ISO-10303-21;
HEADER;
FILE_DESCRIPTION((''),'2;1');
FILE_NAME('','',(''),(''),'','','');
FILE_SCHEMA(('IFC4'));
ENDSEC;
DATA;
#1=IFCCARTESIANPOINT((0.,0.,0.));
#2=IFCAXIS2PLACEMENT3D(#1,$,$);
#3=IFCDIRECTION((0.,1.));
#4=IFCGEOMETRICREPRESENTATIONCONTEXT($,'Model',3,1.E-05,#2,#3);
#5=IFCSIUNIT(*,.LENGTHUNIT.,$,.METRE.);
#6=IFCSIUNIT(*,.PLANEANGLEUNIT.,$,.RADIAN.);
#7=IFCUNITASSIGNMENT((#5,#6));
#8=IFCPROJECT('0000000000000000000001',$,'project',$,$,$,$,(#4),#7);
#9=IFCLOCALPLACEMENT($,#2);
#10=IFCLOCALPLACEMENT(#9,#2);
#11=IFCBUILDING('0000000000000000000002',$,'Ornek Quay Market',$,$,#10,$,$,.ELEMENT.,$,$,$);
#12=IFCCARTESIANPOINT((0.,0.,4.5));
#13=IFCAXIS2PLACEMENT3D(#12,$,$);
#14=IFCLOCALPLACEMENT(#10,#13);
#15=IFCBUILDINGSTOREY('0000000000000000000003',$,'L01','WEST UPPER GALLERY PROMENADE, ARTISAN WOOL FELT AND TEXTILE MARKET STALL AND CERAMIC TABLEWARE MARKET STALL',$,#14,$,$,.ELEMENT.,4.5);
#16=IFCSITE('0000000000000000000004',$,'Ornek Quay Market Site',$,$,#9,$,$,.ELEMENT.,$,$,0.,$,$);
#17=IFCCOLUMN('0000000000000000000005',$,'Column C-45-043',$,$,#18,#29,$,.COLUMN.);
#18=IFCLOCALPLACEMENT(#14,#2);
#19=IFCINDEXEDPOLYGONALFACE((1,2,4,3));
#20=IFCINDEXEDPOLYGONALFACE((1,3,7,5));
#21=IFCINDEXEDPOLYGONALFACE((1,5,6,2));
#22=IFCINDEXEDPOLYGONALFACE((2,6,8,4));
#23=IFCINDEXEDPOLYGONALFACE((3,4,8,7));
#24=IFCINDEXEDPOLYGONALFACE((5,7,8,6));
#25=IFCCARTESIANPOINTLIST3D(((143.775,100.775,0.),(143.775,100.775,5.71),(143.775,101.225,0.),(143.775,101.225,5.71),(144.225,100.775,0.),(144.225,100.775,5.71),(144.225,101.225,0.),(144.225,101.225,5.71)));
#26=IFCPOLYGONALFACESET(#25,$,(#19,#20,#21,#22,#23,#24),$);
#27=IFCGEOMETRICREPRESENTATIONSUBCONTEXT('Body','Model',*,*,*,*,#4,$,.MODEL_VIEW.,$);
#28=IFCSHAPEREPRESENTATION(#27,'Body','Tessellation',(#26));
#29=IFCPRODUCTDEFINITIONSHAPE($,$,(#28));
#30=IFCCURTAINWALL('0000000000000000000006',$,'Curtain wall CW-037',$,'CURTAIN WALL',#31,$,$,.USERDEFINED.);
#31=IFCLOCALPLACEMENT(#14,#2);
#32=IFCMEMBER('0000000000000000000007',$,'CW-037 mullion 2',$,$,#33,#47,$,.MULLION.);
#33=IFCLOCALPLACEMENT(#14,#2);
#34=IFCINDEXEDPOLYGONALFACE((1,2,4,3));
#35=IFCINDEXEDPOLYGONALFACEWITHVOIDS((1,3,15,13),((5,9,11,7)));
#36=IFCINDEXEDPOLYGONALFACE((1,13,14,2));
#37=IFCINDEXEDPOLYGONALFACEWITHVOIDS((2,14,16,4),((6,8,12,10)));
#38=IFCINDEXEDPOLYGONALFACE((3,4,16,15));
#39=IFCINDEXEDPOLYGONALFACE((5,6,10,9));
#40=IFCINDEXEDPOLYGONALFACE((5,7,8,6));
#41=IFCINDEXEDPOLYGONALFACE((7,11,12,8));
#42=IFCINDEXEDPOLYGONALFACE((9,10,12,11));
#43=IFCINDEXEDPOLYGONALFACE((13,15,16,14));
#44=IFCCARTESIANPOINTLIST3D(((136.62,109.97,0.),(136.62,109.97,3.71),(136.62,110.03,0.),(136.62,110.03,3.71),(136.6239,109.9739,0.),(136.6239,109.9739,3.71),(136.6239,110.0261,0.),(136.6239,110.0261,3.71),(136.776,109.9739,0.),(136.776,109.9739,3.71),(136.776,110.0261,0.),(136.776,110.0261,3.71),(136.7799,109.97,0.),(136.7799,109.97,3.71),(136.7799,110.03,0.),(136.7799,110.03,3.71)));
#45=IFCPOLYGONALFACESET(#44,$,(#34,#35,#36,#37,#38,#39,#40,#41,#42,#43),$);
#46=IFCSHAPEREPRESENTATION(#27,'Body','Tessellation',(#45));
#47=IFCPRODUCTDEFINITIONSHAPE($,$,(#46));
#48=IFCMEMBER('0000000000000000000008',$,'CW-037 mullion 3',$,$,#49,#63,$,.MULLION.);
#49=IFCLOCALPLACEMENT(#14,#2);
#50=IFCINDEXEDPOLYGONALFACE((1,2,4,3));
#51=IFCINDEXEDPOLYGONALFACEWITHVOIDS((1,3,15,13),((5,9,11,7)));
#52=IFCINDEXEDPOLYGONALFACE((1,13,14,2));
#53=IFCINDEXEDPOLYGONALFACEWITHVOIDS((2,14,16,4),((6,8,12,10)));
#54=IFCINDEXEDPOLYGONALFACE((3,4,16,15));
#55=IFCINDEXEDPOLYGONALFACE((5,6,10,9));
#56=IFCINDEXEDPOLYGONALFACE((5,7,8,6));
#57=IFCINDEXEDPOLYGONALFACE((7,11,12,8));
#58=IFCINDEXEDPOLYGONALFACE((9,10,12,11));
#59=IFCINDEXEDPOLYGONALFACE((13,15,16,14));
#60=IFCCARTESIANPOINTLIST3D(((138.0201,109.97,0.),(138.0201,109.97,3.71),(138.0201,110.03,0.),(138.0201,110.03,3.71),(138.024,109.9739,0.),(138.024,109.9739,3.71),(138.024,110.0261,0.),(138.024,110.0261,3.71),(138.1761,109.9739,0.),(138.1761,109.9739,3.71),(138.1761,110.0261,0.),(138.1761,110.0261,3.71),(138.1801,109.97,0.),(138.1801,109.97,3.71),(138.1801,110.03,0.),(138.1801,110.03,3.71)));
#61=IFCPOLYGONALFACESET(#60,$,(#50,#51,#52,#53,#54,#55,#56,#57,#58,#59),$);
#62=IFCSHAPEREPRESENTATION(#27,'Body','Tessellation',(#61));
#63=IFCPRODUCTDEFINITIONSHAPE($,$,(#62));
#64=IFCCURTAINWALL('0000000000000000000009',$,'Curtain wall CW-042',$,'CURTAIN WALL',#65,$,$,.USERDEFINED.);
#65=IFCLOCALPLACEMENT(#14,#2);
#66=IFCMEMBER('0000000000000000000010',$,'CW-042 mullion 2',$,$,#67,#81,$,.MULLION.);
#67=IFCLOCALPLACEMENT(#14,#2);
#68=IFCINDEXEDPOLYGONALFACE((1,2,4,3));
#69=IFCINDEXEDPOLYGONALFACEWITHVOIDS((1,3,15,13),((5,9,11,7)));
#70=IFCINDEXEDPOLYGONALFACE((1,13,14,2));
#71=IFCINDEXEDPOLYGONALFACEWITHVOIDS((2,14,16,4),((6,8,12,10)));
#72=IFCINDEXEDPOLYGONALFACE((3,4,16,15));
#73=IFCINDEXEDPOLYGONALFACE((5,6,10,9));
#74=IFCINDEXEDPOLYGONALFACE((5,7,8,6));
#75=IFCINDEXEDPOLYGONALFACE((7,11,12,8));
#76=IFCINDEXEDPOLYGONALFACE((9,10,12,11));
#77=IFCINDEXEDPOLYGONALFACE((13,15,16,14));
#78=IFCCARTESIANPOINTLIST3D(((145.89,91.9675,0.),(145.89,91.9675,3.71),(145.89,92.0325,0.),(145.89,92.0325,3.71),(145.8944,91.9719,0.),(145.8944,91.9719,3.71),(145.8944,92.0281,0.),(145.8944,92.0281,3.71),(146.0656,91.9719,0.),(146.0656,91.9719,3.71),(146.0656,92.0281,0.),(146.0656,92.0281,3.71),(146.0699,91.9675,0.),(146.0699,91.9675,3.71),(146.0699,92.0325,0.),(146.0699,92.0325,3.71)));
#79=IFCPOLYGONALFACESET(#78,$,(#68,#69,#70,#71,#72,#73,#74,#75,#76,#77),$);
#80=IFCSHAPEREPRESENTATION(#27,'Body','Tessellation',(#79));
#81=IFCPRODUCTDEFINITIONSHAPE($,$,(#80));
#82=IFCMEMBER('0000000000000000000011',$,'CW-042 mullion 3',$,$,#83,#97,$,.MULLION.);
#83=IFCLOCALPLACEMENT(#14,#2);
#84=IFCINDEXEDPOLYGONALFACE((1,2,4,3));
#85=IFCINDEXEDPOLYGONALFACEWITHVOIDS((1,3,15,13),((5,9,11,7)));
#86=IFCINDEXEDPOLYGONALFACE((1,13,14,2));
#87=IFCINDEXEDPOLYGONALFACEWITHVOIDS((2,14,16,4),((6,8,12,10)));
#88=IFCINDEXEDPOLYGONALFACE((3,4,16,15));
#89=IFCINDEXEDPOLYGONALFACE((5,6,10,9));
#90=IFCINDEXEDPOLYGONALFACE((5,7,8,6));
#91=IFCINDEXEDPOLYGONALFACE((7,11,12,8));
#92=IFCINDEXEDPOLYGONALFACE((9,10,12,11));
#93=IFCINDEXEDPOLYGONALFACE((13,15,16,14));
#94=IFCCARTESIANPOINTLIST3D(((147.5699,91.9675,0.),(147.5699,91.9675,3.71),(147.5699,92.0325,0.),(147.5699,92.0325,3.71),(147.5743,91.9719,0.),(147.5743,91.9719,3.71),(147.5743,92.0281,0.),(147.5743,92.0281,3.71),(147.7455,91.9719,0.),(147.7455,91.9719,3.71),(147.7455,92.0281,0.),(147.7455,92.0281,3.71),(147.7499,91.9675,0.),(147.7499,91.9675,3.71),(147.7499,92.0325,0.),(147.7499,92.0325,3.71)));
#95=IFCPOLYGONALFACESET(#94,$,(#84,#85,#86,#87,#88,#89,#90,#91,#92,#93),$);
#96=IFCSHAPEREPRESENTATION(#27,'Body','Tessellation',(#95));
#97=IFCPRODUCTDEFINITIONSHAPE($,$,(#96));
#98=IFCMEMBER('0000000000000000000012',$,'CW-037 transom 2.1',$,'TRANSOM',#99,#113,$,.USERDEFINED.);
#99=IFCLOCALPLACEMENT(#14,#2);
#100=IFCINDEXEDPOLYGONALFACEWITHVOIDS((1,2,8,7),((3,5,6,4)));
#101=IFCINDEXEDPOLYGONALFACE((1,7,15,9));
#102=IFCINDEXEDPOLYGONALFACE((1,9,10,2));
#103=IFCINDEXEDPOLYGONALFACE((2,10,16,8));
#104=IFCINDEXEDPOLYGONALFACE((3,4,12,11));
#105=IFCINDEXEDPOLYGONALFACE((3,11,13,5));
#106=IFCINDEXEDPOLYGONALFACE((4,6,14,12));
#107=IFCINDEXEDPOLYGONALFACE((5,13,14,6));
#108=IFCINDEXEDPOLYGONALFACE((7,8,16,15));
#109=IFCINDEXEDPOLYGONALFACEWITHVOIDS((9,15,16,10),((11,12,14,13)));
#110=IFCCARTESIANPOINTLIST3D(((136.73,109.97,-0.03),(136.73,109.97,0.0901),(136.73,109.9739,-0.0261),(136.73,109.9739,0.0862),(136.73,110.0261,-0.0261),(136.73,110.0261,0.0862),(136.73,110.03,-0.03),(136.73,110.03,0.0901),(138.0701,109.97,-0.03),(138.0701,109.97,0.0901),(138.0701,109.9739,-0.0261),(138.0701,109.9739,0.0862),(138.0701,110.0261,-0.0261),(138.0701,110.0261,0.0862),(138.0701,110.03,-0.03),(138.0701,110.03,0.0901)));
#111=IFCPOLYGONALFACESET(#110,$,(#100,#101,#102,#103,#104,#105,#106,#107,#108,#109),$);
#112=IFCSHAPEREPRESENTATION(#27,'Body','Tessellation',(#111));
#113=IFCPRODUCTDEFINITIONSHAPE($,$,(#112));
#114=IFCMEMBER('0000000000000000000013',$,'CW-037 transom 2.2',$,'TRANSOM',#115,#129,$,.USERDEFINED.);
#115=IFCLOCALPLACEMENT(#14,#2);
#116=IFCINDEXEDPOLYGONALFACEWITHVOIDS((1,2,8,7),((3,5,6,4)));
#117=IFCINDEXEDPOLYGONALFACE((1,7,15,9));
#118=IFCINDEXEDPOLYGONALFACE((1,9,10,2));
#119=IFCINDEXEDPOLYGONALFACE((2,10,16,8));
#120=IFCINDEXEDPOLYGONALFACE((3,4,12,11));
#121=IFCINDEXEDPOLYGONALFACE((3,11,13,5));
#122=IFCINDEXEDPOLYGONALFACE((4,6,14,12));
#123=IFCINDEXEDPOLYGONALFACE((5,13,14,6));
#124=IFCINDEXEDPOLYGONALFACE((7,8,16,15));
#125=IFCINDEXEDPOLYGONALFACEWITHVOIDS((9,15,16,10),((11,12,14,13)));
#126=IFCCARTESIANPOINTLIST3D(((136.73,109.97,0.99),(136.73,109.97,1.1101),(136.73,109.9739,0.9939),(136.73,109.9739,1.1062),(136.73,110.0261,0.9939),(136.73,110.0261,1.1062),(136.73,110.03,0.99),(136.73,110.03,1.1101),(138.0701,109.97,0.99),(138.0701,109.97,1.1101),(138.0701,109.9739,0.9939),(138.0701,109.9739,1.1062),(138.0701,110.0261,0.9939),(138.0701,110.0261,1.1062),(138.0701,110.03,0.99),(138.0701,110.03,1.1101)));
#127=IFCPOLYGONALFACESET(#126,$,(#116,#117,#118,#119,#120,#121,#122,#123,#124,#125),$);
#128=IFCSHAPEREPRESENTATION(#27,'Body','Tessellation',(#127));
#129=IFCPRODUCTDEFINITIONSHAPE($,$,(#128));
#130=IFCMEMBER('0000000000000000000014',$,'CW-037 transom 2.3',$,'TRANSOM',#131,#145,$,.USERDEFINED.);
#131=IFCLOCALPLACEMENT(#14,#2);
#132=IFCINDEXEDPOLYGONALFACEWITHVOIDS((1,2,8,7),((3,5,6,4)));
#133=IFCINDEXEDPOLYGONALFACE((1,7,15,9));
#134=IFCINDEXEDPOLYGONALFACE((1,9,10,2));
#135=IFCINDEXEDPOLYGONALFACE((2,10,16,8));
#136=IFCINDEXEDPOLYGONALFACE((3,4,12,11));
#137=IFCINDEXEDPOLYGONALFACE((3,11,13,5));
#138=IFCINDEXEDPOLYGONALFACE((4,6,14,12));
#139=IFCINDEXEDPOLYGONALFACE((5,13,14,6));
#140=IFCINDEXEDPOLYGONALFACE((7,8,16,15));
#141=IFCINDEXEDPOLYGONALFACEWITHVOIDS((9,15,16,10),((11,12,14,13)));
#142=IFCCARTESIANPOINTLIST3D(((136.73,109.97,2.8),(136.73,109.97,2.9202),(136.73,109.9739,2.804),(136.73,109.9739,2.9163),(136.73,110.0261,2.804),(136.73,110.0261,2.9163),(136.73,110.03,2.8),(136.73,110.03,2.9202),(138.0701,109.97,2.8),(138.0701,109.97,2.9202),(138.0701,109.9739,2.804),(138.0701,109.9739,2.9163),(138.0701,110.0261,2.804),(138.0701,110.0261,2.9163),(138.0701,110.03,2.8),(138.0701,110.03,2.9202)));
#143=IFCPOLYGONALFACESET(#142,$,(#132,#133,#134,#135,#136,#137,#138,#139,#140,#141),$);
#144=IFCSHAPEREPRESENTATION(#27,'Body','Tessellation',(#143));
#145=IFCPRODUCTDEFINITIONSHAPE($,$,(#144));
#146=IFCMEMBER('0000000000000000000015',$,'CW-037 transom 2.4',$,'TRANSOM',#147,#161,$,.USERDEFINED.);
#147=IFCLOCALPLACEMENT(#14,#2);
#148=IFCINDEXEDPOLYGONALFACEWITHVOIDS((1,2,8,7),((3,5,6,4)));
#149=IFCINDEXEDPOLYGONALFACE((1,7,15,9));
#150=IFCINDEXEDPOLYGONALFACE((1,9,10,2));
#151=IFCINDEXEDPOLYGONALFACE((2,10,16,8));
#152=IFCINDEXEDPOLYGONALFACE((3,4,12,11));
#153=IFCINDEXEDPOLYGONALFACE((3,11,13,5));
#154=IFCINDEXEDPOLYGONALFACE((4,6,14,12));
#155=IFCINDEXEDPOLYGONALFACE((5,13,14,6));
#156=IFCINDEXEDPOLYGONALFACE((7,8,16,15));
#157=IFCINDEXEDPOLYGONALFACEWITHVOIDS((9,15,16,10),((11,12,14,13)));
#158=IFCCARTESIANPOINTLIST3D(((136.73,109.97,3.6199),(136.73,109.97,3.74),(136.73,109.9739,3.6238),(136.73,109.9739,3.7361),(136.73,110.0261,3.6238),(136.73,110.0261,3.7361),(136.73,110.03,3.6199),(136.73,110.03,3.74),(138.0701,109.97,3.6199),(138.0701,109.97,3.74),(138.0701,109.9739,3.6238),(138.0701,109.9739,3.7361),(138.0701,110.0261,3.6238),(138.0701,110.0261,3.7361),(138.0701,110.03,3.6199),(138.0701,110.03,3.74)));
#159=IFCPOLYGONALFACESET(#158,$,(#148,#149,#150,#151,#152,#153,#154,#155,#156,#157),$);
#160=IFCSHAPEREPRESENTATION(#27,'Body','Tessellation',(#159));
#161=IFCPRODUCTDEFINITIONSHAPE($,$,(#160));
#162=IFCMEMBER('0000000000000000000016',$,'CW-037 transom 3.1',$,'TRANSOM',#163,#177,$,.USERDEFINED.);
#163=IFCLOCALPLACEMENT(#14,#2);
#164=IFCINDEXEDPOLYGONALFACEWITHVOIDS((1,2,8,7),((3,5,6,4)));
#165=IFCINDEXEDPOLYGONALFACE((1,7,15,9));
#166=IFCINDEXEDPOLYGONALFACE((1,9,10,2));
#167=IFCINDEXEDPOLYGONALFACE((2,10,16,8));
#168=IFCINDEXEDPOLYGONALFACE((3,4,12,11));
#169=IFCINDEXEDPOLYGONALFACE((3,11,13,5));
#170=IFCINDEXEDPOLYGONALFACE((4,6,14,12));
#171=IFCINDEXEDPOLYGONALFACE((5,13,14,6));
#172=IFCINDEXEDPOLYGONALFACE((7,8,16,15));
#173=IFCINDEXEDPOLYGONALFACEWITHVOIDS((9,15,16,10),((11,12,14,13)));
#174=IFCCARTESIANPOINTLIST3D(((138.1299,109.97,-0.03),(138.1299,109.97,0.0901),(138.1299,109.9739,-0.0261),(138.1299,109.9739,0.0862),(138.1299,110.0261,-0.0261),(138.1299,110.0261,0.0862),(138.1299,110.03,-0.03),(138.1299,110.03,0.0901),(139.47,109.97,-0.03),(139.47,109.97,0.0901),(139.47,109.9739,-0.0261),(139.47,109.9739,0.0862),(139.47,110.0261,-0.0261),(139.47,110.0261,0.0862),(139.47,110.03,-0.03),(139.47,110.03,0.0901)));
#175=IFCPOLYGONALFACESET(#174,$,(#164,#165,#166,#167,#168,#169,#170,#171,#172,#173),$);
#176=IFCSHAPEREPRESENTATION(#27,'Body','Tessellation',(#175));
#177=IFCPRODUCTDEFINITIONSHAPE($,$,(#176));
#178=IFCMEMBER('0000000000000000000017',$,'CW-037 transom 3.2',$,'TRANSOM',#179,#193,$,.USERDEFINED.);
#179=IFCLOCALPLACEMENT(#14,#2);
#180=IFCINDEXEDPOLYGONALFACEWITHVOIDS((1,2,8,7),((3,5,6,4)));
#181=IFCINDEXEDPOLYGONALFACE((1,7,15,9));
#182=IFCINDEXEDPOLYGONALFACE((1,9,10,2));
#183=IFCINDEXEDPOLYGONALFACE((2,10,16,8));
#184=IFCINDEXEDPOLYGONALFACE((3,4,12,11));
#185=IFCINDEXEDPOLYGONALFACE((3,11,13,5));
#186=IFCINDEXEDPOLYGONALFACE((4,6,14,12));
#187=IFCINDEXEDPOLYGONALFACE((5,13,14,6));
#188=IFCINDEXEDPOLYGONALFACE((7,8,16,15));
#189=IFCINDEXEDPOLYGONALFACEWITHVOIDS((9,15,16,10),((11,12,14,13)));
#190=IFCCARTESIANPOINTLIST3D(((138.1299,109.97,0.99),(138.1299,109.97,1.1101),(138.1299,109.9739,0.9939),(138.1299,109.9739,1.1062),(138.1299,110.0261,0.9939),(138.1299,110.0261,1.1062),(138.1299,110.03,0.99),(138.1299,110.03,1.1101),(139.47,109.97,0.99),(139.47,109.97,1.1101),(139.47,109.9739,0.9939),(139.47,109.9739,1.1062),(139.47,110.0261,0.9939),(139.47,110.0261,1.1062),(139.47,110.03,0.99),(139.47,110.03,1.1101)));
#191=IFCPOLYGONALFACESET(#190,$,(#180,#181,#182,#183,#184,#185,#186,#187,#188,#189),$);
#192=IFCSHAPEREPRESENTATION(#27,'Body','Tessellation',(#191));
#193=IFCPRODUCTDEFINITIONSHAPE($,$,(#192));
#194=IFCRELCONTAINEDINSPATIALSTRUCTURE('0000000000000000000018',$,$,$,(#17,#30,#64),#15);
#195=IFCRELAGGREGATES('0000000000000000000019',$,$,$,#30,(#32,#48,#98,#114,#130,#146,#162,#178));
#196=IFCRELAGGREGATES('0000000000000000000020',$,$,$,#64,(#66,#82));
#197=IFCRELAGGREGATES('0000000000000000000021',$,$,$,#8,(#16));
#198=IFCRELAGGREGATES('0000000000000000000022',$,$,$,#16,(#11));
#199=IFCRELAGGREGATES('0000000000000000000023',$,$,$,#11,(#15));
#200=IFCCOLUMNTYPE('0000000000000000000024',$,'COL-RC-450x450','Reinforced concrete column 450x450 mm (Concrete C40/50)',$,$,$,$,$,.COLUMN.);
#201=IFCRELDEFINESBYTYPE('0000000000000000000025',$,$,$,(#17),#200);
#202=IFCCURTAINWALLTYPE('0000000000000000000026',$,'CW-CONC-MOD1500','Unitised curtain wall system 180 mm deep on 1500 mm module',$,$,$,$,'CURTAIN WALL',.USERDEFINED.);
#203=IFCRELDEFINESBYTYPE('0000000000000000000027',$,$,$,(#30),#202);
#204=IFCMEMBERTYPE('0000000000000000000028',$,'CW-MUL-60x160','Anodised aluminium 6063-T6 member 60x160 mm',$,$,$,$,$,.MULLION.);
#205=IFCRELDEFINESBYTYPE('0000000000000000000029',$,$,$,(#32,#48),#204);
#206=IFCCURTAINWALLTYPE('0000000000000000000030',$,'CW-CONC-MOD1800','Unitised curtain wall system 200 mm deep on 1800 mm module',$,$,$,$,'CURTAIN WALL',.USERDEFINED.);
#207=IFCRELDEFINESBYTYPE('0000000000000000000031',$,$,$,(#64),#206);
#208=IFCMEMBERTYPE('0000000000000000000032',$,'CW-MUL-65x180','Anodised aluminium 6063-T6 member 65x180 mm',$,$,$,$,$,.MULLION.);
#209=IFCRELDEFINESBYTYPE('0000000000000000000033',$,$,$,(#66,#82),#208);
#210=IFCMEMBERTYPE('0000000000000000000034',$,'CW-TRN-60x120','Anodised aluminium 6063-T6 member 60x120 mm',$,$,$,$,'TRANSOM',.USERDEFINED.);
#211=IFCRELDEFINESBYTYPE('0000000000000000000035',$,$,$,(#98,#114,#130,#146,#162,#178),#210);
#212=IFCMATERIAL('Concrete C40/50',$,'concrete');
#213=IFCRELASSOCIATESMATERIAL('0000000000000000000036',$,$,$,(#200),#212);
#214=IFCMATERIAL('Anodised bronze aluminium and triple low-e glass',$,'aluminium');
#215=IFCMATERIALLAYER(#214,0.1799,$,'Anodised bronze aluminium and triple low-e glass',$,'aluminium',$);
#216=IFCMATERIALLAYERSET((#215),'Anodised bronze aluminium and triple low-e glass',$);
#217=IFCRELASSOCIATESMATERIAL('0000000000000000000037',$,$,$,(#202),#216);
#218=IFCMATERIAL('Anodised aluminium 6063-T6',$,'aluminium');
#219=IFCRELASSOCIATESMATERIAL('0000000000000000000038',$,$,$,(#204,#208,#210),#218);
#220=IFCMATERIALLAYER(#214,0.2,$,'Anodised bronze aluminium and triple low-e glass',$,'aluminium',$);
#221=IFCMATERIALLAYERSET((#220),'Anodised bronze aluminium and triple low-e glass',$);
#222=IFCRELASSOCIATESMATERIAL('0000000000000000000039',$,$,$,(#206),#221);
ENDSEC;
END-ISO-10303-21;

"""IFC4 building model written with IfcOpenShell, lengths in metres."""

from ifc_helpers import new_model, si_unit, direction, frame, origin, origin_2d, place, context, subcontext, project, spatial, rectangle, hollow_rectangle, extrude, material, layer, layer_set, material_profile, profile_set, type_object, element, aggregate, save


model = new_model("IFC4")

# Units and contexts
model_context = context("Model", 3, precision=1e-05, world=origin(), true_north=direction((0.0, 1.0)))
body_context = subcontext(model_context, "Body", "Model", "MODEL_VIEW")
ifc_project = project(units=[si_unit("LENGTHUNIT", "METRE"), si_unit("PLANEANGLEUNIT", "RADIAN")], contexts=[model_context])

# Site, building, storey
site_placement = place(None, origin())
site = spatial("IfcSite", under=ifc_project, at=site_placement, Name="Ornek Quay Market Site", CompositionType="ELEMENT", RefElevation=0.0)
building_placement = place(site_placement, origin())
building = spatial("IfcBuilding", under=site, at=building_placement, Name="Ornek Quay Market", CompositionType="ELEMENT")
storey_placement = place(building_placement, frame((0.0, 0.0, 4.5)))
storey = spatial("IfcBuildingStorey", under=building, at=storey_placement, Name="L01", Description="WEST UPPER GALLERY PROMENADE, ARTISAN WOOL FELT AND TEXTILE MARKET STALL AND CERAMIC TABLEWARE MARKET STALL", CompositionType="ELEMENT", Elevation=4.5)

# Column
ifc_material_1 = material(Name="Concrete C40/50", Category="concrete")
ifc_material_profile_1 = material_profile(ifc_material_1, rectangle(XDim=0.45, YDim=0.45, at=origin_2d()), Name="RC 450x450", Category="concrete")
ifc_profile_set_1 = profile_set([ifc_material_profile_1], Name="Concrete C40/50")
column_type = type_object("IfcColumnType", Name="COL-RC-450x450", Description="Reinforced concrete column 450x450 mm (Concrete C40/50)", PredefinedType="COLUMN", material=ifc_profile_set_1)
column_placement = place(storey_placement, frame((144.0, 101.0, 0.0), z_axis=(0.0, 0.0, 1.0), x_axis=(1.0, 0.0, 0.0)))
element("IfcColumn", 1, at=column_placement, inside=storey, type_object=column_type, Name="Column C-45-043", PredefinedType="COLUMN", context=body_context, shape_type="SweptSolid", body=[
    extrude(rectangle(XDim=0.45, YDim=0.45, at=origin_2d()), origin(), (0.0, 0.0, 1.0), 5.71),
])

# Curtain walls, members
ifc_material_2 = material(Name="Anodised bronze aluminium and triple low-e glass", Category="aluminium")
ifc_layer_1 = layer(ifc_material_2, 0.1799, Name="Anodised bronze aluminium and triple low-e glass", Category="aluminium")
ifc_layer_set_1 = layer_set([ifc_layer_1], Name="Anodised bronze aluminium and triple low-e glass")
curtain_wall_type_1 = type_object("IfcCurtainWallType", Name="CW-CONC-MOD1500", Description="Unitised curtain wall system 180 mm deep on 1500 mm module", ElementType="CURTAIN WALL", PredefinedType="USERDEFINED", material=ifc_layer_set_1)
curtain_wall_1_placement = place(storey_placement, origin())
curtain_wall_1 = element("IfcCurtainWall", 2, at=curtain_wall_1_placement, inside=storey, type_object=curtain_wall_type_1, Name="Curtain wall CW-037", ObjectType="CURTAIN WALL", PredefinedType="USERDEFINED")
ifc_material_3 = material(Name="Anodised aluminium 6063-T6", Category="aluminium")
ifc_material_profile_2 = material_profile(ifc_material_3, hollow_rectangle(XDim=0.0601, YDim=0.1599, WallThickness=0.0039, at=origin_2d()), Name="CW-MUL-60x160", Category="aluminium")
ifc_profile_set_2 = profile_set([ifc_material_profile_2], Name="Anodised aluminium 6063-T6")
member_type_1 = type_object("IfcMemberType", Name="CW-MUL-60x160", Description="Anodised aluminium 6063-T6 member 60x160 mm", PredefinedType="MULLION", material=ifc_profile_set_2)
member_1_placement = place(storey_placement, frame((136.7, 110.0, 0.0), z_axis=(0.0, 0.0, 1.0), x_axis=(0.0, 1.0, 0.0)))
member_1 = element("IfcMember", 3, at=member_1_placement, type_object=member_type_1, Name="CW-037 mullion 2", PredefinedType="MULLION", context=body_context, shape_type="SweptSolid", body=[
    extrude(hollow_rectangle(XDim=0.0601, YDim=0.1599, WallThickness=0.0039, at=origin_2d()), origin(), (0.0, 0.0, 1.0), 3.71),
])
member_2_placement = place(storey_placement, frame((138.1001, 110.0, 0.0), z_axis=(0.0, 0.0, 1.0), x_axis=(0.0, 1.0, 0.0)))
member_2 = element("IfcMember", 4, at=member_2_placement, type_object=member_type_1, Name="CW-037 mullion 3", PredefinedType="MULLION", context=body_context, shape_type="SweptSolid", body=[
    extrude(hollow_rectangle(XDim=0.0601, YDim=0.1599, WallThickness=0.0039, at=origin_2d()), origin(), (0.0, 0.0, 1.0), 3.71),
])
ifc_layer_2 = layer(ifc_material_2, 0.2, Name="Anodised bronze aluminium and triple low-e glass", Category="aluminium")
ifc_layer_set_2 = layer_set([ifc_layer_2], Name="Anodised bronze aluminium and triple low-e glass")
curtain_wall_type_2 = type_object("IfcCurtainWallType", Name="CW-CONC-MOD1800", Description="Unitised curtain wall system 200 mm deep on 1800 mm module", ElementType="CURTAIN WALL", PredefinedType="USERDEFINED", material=ifc_layer_set_2)
curtain_wall_2_placement = place(storey_placement, origin())
curtain_wall_2 = element("IfcCurtainWall", 5, at=curtain_wall_2_placement, inside=storey, type_object=curtain_wall_type_2, Name="Curtain wall CW-042", ObjectType="CURTAIN WALL", PredefinedType="USERDEFINED")
ifc_material_profile_3 = material_profile(ifc_material_3, hollow_rectangle(XDim=0.0649, YDim=0.1799, WallThickness=0.0044, at=origin_2d()), Name="CW-MUL-65x180", Category="aluminium")
ifc_profile_set_3 = profile_set([ifc_material_profile_3], Name="Anodised aluminium 6063-T6")
member_type_2 = type_object("IfcMemberType", Name="CW-MUL-65x180", Description="Anodised aluminium 6063-T6 member 65x180 mm", PredefinedType="MULLION", material=ifc_profile_set_3)
member_3_placement = place(storey_placement, frame((145.98, 92.0, 0.0), z_axis=(0.0, 0.0, 1.0), x_axis=(0.0, 1.0, 0.0)))
member_3 = element("IfcMember", 6, at=member_3_placement, type_object=member_type_2, Name="CW-042 mullion 2", PredefinedType="MULLION", context=body_context, shape_type="SweptSolid", body=[
    extrude(hollow_rectangle(XDim=0.0649, YDim=0.1799, WallThickness=0.0044, at=origin_2d()), origin(), (0.0, 0.0, 1.0), 3.71),
])
member_4_placement = place(storey_placement, frame((147.6599, 92.0, 0.0), z_axis=(0.0, 0.0, 1.0), x_axis=(0.0, 1.0, 0.0)))
member_4 = element("IfcMember", 7, at=member_4_placement, type_object=member_type_2, Name="CW-042 mullion 3", PredefinedType="MULLION", context=body_context, shape_type="SweptSolid", body=[
    extrude(hollow_rectangle(XDim=0.0649, YDim=0.1799, WallThickness=0.0044, at=origin_2d()), origin(), (0.0, 0.0, 1.0), 3.71),
])

# Members
ifc_material_profile_4 = material_profile(ifc_material_3, hollow_rectangle(XDim=0.0601, YDim=0.1201, WallThickness=0.0039, at=origin_2d()), Name="CW-TRN-60x120", Category="aluminium")
ifc_profile_set_4 = profile_set([ifc_material_profile_4], Name="Anodised aluminium 6063-T6")
member_type_3 = type_object("IfcMemberType", Name="CW-TRN-60x120", Description="Anodised aluminium 6063-T6 member 60x120 mm", ElementType="TRANSOM", PredefinedType="USERDEFINED", material=ifc_profile_set_4)
member_5_placement = place(storey_placement, frame((136.73, 110.0, 0.03), z_axis=(1.0, 0.0, 0.0), x_axis=(0.0, 1.0, 0.0)))
member_5 = element("IfcMember", 8, at=member_5_placement, type_object=member_type_3, Name="CW-037 transom 2.1", ObjectType="TRANSOM", PredefinedType="USERDEFINED", context=body_context, shape_type="SweptSolid", body=[
    extrude(hollow_rectangle(XDim=0.0601, YDim=0.1201, WallThickness=0.0039, at=origin_2d()), origin(), (0.0, 0.0, 1.0), 1.3401),
])
member_6_placement = place(storey_placement, frame((136.73, 110.0, 1.05), z_axis=(1.0, 0.0, 0.0), x_axis=(0.0, 1.0, 0.0)))
member_6 = element("IfcMember", 9, at=member_6_placement, type_object=member_type_3, Name="CW-037 transom 2.2", ObjectType="TRANSOM", PredefinedType="USERDEFINED", context=body_context, shape_type="SweptSolid", body=[
    extrude(hollow_rectangle(XDim=0.0601, YDim=0.1201, WallThickness=0.0039, at=origin_2d()), origin(), (0.0, 0.0, 1.0), 1.3401),
])
member_7_placement = place(storey_placement, frame((136.73, 110.0, 2.8601), z_axis=(1.0, 0.0, 0.0), x_axis=(0.0, 1.0, 0.0)))
member_7 = element("IfcMember", 10, at=member_7_placement, type_object=member_type_3, Name="CW-037 transom 2.3", ObjectType="TRANSOM", PredefinedType="USERDEFINED", context=body_context, shape_type="SweptSolid", body=[
    extrude(hollow_rectangle(XDim=0.0601, YDim=0.1201, WallThickness=0.0039, at=origin_2d()), origin(), (0.0, 0.0, 1.0), 1.3401),
])
member_8_placement = place(storey_placement, frame((136.73, 110.0, 3.6799), z_axis=(1.0, 0.0, 0.0), x_axis=(0.0, 1.0, 0.0)))
member_8 = element("IfcMember", 11, at=member_8_placement, type_object=member_type_3, Name="CW-037 transom 2.4", ObjectType="TRANSOM", PredefinedType="USERDEFINED", context=body_context, shape_type="SweptSolid", body=[
    extrude(hollow_rectangle(XDim=0.0601, YDim=0.1201, WallThickness=0.0039, at=origin_2d()), origin(), (0.0, 0.0, 1.0), 1.3401),
])
member_9_placement = place(storey_placement, frame((138.1299, 110.0, 0.03), z_axis=(1.0, 0.0, 0.0), x_axis=(0.0, 1.0, 0.0)))
member_9 = element("IfcMember", 12, at=member_9_placement, type_object=member_type_3, Name="CW-037 transom 3.1", ObjectType="TRANSOM", PredefinedType="USERDEFINED", context=body_context, shape_type="SweptSolid", body=[
    extrude(hollow_rectangle(XDim=0.0601, YDim=0.1201, WallThickness=0.0039, at=origin_2d()), origin(), (0.0, 0.0, 1.0), 1.3401),
])
member_10_placement = place(storey_placement, frame((138.1299, 110.0, 1.05), z_axis=(1.0, 0.0, 0.0), x_axis=(0.0, 1.0, 0.0)))
member_10 = element("IfcMember", 13, at=member_10_placement, type_object=member_type_3, Name="CW-037 transom 3.2", ObjectType="TRANSOM", PredefinedType="USERDEFINED", context=body_context, shape_type="SweptSolid", body=[
    extrude(hollow_rectangle(XDim=0.0601, YDim=0.1201, WallThickness=0.0039, at=origin_2d()), origin(), (0.0, 0.0, 1.0), 1.3401),
])

aggregate(curtain_wall_1, [member_1, member_2, member_5, member_6, member_7, member_8, member_9, member_10])
aggregate(curtain_wall_2, [member_3, member_4])

save(model, "model.ifc")
